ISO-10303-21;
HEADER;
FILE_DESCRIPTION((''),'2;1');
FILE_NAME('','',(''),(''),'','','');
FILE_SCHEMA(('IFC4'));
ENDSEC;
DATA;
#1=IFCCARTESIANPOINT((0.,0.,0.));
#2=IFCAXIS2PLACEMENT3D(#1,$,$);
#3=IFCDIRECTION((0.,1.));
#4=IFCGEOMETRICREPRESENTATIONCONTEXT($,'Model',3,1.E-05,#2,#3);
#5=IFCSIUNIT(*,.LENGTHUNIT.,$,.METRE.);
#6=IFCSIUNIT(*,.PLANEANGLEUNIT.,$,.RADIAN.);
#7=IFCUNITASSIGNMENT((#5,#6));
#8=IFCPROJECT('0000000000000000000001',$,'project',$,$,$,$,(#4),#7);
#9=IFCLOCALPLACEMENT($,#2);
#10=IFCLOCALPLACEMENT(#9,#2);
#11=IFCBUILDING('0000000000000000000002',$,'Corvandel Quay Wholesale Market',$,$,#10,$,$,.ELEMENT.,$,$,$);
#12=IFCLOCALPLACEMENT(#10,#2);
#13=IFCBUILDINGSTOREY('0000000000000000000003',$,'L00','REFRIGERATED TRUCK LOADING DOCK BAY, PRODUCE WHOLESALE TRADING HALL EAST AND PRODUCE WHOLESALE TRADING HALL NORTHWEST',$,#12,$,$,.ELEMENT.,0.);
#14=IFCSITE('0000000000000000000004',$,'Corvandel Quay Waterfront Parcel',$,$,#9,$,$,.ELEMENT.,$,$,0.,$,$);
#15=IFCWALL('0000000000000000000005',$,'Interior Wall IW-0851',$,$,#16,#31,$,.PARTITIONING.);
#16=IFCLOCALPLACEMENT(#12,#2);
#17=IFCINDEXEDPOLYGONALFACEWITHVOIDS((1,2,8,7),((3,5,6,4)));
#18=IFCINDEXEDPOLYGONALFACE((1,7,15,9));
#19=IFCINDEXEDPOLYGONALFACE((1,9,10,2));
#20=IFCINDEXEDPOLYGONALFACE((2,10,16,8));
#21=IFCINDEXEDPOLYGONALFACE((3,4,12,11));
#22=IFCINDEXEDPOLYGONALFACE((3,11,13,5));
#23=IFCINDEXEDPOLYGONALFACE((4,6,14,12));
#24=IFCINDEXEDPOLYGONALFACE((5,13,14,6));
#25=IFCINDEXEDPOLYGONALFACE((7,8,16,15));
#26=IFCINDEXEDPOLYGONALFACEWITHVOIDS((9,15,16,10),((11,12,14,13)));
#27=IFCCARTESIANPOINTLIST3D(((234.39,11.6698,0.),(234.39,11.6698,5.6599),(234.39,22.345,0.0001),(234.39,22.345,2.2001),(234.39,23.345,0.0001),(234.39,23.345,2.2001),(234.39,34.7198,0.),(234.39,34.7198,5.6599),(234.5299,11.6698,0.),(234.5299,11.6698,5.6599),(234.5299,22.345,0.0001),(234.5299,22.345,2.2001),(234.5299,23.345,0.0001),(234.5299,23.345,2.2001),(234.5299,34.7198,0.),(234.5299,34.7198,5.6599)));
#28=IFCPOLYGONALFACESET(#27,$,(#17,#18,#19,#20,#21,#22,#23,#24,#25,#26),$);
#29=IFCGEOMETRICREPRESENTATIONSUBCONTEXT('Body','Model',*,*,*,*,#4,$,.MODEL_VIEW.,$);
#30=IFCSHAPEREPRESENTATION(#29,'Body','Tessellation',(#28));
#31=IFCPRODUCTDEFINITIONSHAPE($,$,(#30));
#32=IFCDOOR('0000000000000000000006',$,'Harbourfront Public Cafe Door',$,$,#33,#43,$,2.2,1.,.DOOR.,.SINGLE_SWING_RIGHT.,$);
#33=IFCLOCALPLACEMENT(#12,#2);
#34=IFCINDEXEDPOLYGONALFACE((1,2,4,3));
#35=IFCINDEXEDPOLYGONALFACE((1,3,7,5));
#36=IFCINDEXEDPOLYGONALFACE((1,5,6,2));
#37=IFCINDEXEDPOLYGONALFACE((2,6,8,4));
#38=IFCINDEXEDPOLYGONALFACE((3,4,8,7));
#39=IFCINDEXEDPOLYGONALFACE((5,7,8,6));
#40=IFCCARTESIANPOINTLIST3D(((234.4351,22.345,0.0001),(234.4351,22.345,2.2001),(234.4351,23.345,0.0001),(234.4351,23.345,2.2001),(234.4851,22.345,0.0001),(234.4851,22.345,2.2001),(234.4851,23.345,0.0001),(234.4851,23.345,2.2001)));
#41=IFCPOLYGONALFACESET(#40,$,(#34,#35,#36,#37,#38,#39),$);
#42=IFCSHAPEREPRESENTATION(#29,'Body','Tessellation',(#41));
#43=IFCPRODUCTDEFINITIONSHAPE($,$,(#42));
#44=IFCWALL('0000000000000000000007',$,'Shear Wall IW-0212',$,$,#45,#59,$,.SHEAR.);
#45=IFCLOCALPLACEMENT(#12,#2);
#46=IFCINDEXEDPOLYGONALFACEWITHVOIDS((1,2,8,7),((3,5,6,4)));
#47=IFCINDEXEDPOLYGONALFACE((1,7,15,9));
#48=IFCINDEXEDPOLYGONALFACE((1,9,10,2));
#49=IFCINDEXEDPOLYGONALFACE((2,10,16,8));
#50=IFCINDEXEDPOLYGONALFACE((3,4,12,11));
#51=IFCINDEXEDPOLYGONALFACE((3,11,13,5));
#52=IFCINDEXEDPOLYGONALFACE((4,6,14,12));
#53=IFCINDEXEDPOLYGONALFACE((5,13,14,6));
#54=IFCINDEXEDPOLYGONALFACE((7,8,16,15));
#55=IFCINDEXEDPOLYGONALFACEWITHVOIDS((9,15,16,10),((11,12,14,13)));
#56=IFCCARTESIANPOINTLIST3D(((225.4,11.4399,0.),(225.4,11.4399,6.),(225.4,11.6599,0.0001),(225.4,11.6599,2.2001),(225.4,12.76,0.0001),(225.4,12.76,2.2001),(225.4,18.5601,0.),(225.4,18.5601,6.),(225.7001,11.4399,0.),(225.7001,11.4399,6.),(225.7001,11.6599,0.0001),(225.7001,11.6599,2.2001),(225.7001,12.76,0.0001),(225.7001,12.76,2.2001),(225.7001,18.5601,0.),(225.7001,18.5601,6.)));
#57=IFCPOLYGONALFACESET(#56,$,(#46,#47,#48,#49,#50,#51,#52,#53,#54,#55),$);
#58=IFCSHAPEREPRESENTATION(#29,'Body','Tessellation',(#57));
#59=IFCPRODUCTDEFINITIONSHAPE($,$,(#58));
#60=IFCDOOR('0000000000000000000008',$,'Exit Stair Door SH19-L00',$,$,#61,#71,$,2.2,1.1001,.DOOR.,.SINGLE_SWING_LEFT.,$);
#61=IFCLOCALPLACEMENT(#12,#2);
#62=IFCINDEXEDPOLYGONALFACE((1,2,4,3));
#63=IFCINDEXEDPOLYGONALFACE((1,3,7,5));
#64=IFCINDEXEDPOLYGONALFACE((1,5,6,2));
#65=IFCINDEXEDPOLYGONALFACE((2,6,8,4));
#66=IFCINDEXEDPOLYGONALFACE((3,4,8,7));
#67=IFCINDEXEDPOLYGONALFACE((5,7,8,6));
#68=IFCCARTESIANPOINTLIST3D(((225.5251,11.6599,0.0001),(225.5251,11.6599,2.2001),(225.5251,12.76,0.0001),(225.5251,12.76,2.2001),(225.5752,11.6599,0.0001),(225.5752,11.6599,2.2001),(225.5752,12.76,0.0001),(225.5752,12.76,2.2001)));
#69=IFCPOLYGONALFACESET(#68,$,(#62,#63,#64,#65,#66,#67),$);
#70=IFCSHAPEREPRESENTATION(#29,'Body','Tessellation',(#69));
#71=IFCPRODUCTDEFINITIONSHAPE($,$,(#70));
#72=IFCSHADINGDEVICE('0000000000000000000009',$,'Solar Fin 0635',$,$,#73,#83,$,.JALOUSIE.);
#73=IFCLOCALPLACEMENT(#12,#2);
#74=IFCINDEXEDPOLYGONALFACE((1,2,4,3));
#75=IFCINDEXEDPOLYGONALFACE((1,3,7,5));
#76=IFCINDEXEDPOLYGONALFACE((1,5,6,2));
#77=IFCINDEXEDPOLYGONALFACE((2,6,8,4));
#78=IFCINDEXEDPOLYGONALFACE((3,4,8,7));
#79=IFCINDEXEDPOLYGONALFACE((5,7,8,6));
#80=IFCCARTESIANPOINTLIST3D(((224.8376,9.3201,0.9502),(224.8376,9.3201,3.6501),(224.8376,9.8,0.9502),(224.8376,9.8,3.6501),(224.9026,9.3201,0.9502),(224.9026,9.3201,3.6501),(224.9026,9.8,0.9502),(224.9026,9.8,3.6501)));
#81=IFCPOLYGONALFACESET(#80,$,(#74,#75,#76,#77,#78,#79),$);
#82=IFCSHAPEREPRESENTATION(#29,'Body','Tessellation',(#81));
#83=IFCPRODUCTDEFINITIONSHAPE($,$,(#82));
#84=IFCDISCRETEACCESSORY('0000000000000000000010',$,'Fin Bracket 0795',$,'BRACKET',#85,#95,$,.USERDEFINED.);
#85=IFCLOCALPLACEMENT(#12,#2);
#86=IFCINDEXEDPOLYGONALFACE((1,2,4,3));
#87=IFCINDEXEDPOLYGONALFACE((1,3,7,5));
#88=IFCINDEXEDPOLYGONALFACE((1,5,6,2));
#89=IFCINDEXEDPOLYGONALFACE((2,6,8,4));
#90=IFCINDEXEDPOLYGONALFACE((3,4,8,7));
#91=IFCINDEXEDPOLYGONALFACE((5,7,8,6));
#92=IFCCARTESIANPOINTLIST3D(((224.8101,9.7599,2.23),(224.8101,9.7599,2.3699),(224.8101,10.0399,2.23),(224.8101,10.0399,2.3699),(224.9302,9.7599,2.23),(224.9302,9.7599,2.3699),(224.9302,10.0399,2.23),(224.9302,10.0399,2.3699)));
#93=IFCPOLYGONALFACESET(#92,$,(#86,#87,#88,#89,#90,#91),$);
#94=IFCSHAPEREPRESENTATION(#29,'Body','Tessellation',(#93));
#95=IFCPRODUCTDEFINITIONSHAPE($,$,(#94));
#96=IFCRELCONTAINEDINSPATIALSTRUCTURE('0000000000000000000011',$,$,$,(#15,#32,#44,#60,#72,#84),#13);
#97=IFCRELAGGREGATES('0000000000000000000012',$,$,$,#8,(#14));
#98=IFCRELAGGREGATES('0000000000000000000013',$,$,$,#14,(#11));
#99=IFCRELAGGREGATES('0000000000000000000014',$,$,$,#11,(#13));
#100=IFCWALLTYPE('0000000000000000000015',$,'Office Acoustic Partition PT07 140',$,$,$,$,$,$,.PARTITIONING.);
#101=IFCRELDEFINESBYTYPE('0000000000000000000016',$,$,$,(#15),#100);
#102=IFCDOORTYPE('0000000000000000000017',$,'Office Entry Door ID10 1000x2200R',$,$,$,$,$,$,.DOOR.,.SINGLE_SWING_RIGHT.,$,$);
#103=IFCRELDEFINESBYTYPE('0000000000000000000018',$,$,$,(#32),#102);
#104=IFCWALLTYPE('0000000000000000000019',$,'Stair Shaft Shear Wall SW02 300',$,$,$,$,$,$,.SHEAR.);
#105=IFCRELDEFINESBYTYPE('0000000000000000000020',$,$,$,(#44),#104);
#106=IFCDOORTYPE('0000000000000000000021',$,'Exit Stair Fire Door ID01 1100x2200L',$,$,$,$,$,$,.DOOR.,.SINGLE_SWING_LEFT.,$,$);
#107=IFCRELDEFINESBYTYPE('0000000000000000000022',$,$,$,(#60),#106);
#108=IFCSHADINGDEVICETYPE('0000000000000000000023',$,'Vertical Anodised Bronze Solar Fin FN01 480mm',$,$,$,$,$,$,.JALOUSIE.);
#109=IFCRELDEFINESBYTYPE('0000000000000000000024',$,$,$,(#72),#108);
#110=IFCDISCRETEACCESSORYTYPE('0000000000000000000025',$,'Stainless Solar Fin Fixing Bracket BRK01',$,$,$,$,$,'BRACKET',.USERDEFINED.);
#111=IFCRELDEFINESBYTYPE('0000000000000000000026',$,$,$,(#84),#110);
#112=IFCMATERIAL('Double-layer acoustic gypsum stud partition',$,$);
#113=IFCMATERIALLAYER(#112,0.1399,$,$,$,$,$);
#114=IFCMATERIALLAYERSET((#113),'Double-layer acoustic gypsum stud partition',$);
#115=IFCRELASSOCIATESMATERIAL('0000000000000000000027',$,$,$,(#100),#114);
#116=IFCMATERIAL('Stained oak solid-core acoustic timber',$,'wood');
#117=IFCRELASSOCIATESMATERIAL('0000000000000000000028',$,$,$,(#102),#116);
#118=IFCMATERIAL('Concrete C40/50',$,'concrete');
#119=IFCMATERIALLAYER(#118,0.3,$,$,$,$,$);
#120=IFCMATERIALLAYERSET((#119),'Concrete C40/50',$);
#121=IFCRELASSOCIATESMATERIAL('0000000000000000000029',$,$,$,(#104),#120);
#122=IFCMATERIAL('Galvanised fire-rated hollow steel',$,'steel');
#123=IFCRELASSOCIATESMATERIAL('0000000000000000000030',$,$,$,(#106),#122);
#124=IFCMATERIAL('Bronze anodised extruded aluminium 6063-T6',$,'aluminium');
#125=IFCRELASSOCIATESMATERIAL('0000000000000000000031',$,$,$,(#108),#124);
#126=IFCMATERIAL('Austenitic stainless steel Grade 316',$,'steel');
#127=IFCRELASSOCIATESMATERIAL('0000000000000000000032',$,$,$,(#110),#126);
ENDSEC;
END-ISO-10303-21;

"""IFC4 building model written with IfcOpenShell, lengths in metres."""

from ifc_helpers import new_model, si_unit, direction, frame, frame_2d, origin, origin_2d, place, context, subcontext, project, spatial, rectangle, extrude, material, layer, layer_set, type_object, element, fill, save


model = new_model("IFC4")

# Units and contexts
model_context = context("Model", 3, precision=1e-05, world=origin(), true_north=direction((0.0, 1.0)))
body_context = subcontext(model_context, "Body", "Model", "MODEL_VIEW")
ifc_project = project(units=[si_unit("LENGTHUNIT", "METRE"), si_unit("PLANEANGLEUNIT", "RADIAN")], contexts=[model_context])

# Site, building, storey
site_placement = place(None, origin())
site = spatial("IfcSite", under=ifc_project, at=site_placement, Name="Corvandel Quay Waterfront Parcel", CompositionType="ELEMENT", RefElevation=0.0)
building_placement = place(site_placement, origin())
building = spatial("IfcBuilding", under=site, at=building_placement, Name="Corvandel Quay Wholesale Market", CompositionType="ELEMENT")
storey_placement = place(building_placement, origin())
storey = spatial("IfcBuildingStorey", under=building, at=storey_placement, Name="L00", Description="REFRIGERATED TRUCK LOADING DOCK BAY, PRODUCE WHOLESALE TRADING HALL EAST AND PRODUCE WHOLESALE TRADING HALL NORTHWEST", CompositionType="ELEMENT", Elevation=0.0)

# Shared definitions
ifc_material_1 = material(Name="Concrete C40/50", Category="concrete")

# Walls, openings, doors
ifc_material_2 = material(Name="Double-layer acoustic gypsum stud partition")
ifc_layer_1 = layer(ifc_material_2, 0.1399)
ifc_layer_set_1 = layer_set([ifc_layer_1], Name="Double-layer acoustic gypsum stud partition")
wall_type_1 = type_object("IfcWallType", Name="Office Acoustic Partition PT07 140", PredefinedType="PARTITIONING", material=ifc_layer_set_1)
wall_1_placement = place(storey_placement, frame((234.46, 11.6699, 0.0), z_axis=(0.0, 0.0, 1.0), x_axis=(0.0, 1.0, 0.0)))
wall_1 = element("IfcWall", 1, at=wall_1_placement, inside=storey, type_object=wall_type_1, Name="Interior Wall IW-0851", PredefinedType="PARTITIONING", context=body_context, shape_type="SweptSolid", body=[
    extrude(rectangle(XDim=23.05, YDim=0.1399, at=frame_2d((11.5249, 0.0))), origin(), (0.0, 0.0, 1.0), 5.6599),
])
opening_1_placement = place(wall_1_placement, frame((10.675, 0.0, 0.0)))
opening_1 = element("IfcOpeningElement", 2, at=opening_1_placement, cuts=wall_1, PredefinedType="OPENING", context=body_context, shape_type="SweptSolid", body=[
    extrude(rectangle(XDim=1.0, YDim=2.2, at=frame_2d((0.5, 1.1001))), frame((0.0, 0.0798, 0.0), z_axis=(0.0, -1.0, 0.0), x_axis=(1.0, 0.0, 0.0)), (0.0, 0.0, 1.0), 0.1599),
])
ifc_material_3 = material(Name="Stained oak solid-core acoustic timber", Category="wood")
door_type_1 = type_object("IfcDoorType", Name="Office Entry Door ID10 1000x2200R", OperationType="SINGLE_SWING_RIGHT", PredefinedType="DOOR", material=ifc_material_3)
door_1_placement = place(opening_1_placement, origin())
door_1 = element("IfcDoor", 3, at=door_1_placement, inside=storey, type_object=door_type_1, Name="Harbourfront Public Cafe Door", OperationType="SINGLE_SWING_RIGHT", OverallHeight=2.2, OverallWidth=1.0, PredefinedType="DOOR", context=body_context, shape_type="SweptSolid", body=[
    extrude(rectangle(XDim=1.0, YDim=2.2, at=frame_2d((0.5, 1.1001))), frame((0.0, 0.0249, 0.0), z_axis=(0.0, -1.0, 0.0), x_axis=(1.0, 0.0, 0.0)), (0.0, 0.0, 1.0), 0.05),
])
fill(opening_1, door_1)
ifc_layer_2 = layer(ifc_material_1, 0.3)
ifc_layer_set_2 = layer_set([ifc_layer_2], Name="Concrete C40/50")
wall_type_2 = type_object("IfcWallType", Name="Stair Shaft Shear Wall SW02 300", PredefinedType="SHEAR", material=ifc_layer_set_2)
wall_2_placement = place(storey_placement, frame((225.55, 11.4399, 0.0), z_axis=(0.0, 0.0, 1.0), x_axis=(0.0, 1.0, 0.0)))
wall_2 = element("IfcWall", 4, at=wall_2_placement, inside=storey, type_object=wall_type_2, Name="Shear Wall IW-0212", PredefinedType="SHEAR", context=body_context, shape_type="SweptSolid", body=[
    extrude(rectangle(XDim=7.1201, YDim=0.3, at=frame_2d((3.5601, 0.0))), origin(), (0.0, 0.0, 1.0), 6.0),
])
opening_2_placement = place(wall_2_placement, frame((0.22, 0.0, 0.0)))
opening_2 = element("IfcOpeningElement", 5, at=opening_2_placement, cuts=wall_2, PredefinedType="OPENING", context=body_context, shape_type="SweptSolid", body=[
    extrude(rectangle(XDim=1.1001, YDim=2.2, at=frame_2d((0.55, 1.1001))), frame((0.0, 0.1599, 0.0), z_axis=(0.0, -1.0, 0.0), x_axis=(1.0, 0.0, 0.0)), (0.0, 0.0, 1.0), 0.3201),
])
ifc_material_4 = material(Name="Galvanised fire-rated hollow steel", Category="steel")
door_type_2 = type_object("IfcDoorType", Name="Exit Stair Fire Door ID01 1100x2200L", OperationType="SINGLE_SWING_LEFT", PredefinedType="DOOR", material=ifc_material_4)
door_2_placement = place(opening_2_placement, origin())
door_2 = element("IfcDoor", 6, at=door_2_placement, inside=storey, type_object=door_type_2, Name="Exit Stair Door SH19-L00", OperationType="SINGLE_SWING_LEFT", OverallHeight=2.2, OverallWidth=1.1001, PredefinedType="DOOR", context=body_context, shape_type="SweptSolid", body=[
    extrude(rectangle(XDim=1.1001, YDim=2.2, at=frame_2d((0.55, 1.1001))), frame((0.0, 0.0249, 0.0), z_axis=(0.0, -1.0, 0.0), x_axis=(1.0, 0.0, 0.0)), (0.0, 0.0, 1.0), 0.05),
])
fill(opening_2, door_2)

# Shading device
ifc_material_5 = material(Name="Bronze anodised extruded aluminium 6063-T6", Category="aluminium")
shading_device_type = type_object("IfcShadingDeviceType", Name="Vertical Anodised Bronze Solar Fin FN01 480mm", PredefinedType="JALOUSIE", material=ifc_material_5)
shading_device_placement = place(storey_placement, frame((224.8701, 9.5601, 0.9502), z_axis=(0.0, 0.0, 1.0), x_axis=(0.0, 1.0, 0.0)))
element("IfcShadingDevice", 7, at=shading_device_placement, inside=storey, type_object=shading_device_type, Name="Solar Fin 0635", PredefinedType="JALOUSIE", context=body_context, shape_type="SweptSolid", body=[
    extrude(rectangle(XDim=0.48, YDim=0.0649, at=origin_2d()), origin(), (0.0, 0.0, 1.0), 2.7),
])

# Discrete accessory
ifc_material_6 = material(Name="Austenitic stainless steel Grade 316", Category="steel")
discrete_accessory_type = type_object("IfcDiscreteAccessoryType", Name="Stainless Solar Fin Fixing Bracket BRK01", ElementType="BRACKET", PredefinedType="USERDEFINED", material=ifc_material_6)
discrete_accessory_placement = place(storey_placement, frame((224.8701, 9.8999, 2.23), z_axis=(0.0, 0.0, 1.0), x_axis=(0.0, 1.0, 0.0)))
element("IfcDiscreteAccessory", 8, at=discrete_accessory_placement, inside=storey, type_object=discrete_accessory_type, Name="Fin Bracket 0795", ObjectType="BRACKET", PredefinedType="USERDEFINED", context=body_context, shape_type="SweptSolid", body=[
    extrude(rectangle(XDim=0.28, YDim=0.1201, at=origin_2d()), origin(), (0.0, 0.0, 1.0), 0.1399),
])

save(model, "model.ifc")
